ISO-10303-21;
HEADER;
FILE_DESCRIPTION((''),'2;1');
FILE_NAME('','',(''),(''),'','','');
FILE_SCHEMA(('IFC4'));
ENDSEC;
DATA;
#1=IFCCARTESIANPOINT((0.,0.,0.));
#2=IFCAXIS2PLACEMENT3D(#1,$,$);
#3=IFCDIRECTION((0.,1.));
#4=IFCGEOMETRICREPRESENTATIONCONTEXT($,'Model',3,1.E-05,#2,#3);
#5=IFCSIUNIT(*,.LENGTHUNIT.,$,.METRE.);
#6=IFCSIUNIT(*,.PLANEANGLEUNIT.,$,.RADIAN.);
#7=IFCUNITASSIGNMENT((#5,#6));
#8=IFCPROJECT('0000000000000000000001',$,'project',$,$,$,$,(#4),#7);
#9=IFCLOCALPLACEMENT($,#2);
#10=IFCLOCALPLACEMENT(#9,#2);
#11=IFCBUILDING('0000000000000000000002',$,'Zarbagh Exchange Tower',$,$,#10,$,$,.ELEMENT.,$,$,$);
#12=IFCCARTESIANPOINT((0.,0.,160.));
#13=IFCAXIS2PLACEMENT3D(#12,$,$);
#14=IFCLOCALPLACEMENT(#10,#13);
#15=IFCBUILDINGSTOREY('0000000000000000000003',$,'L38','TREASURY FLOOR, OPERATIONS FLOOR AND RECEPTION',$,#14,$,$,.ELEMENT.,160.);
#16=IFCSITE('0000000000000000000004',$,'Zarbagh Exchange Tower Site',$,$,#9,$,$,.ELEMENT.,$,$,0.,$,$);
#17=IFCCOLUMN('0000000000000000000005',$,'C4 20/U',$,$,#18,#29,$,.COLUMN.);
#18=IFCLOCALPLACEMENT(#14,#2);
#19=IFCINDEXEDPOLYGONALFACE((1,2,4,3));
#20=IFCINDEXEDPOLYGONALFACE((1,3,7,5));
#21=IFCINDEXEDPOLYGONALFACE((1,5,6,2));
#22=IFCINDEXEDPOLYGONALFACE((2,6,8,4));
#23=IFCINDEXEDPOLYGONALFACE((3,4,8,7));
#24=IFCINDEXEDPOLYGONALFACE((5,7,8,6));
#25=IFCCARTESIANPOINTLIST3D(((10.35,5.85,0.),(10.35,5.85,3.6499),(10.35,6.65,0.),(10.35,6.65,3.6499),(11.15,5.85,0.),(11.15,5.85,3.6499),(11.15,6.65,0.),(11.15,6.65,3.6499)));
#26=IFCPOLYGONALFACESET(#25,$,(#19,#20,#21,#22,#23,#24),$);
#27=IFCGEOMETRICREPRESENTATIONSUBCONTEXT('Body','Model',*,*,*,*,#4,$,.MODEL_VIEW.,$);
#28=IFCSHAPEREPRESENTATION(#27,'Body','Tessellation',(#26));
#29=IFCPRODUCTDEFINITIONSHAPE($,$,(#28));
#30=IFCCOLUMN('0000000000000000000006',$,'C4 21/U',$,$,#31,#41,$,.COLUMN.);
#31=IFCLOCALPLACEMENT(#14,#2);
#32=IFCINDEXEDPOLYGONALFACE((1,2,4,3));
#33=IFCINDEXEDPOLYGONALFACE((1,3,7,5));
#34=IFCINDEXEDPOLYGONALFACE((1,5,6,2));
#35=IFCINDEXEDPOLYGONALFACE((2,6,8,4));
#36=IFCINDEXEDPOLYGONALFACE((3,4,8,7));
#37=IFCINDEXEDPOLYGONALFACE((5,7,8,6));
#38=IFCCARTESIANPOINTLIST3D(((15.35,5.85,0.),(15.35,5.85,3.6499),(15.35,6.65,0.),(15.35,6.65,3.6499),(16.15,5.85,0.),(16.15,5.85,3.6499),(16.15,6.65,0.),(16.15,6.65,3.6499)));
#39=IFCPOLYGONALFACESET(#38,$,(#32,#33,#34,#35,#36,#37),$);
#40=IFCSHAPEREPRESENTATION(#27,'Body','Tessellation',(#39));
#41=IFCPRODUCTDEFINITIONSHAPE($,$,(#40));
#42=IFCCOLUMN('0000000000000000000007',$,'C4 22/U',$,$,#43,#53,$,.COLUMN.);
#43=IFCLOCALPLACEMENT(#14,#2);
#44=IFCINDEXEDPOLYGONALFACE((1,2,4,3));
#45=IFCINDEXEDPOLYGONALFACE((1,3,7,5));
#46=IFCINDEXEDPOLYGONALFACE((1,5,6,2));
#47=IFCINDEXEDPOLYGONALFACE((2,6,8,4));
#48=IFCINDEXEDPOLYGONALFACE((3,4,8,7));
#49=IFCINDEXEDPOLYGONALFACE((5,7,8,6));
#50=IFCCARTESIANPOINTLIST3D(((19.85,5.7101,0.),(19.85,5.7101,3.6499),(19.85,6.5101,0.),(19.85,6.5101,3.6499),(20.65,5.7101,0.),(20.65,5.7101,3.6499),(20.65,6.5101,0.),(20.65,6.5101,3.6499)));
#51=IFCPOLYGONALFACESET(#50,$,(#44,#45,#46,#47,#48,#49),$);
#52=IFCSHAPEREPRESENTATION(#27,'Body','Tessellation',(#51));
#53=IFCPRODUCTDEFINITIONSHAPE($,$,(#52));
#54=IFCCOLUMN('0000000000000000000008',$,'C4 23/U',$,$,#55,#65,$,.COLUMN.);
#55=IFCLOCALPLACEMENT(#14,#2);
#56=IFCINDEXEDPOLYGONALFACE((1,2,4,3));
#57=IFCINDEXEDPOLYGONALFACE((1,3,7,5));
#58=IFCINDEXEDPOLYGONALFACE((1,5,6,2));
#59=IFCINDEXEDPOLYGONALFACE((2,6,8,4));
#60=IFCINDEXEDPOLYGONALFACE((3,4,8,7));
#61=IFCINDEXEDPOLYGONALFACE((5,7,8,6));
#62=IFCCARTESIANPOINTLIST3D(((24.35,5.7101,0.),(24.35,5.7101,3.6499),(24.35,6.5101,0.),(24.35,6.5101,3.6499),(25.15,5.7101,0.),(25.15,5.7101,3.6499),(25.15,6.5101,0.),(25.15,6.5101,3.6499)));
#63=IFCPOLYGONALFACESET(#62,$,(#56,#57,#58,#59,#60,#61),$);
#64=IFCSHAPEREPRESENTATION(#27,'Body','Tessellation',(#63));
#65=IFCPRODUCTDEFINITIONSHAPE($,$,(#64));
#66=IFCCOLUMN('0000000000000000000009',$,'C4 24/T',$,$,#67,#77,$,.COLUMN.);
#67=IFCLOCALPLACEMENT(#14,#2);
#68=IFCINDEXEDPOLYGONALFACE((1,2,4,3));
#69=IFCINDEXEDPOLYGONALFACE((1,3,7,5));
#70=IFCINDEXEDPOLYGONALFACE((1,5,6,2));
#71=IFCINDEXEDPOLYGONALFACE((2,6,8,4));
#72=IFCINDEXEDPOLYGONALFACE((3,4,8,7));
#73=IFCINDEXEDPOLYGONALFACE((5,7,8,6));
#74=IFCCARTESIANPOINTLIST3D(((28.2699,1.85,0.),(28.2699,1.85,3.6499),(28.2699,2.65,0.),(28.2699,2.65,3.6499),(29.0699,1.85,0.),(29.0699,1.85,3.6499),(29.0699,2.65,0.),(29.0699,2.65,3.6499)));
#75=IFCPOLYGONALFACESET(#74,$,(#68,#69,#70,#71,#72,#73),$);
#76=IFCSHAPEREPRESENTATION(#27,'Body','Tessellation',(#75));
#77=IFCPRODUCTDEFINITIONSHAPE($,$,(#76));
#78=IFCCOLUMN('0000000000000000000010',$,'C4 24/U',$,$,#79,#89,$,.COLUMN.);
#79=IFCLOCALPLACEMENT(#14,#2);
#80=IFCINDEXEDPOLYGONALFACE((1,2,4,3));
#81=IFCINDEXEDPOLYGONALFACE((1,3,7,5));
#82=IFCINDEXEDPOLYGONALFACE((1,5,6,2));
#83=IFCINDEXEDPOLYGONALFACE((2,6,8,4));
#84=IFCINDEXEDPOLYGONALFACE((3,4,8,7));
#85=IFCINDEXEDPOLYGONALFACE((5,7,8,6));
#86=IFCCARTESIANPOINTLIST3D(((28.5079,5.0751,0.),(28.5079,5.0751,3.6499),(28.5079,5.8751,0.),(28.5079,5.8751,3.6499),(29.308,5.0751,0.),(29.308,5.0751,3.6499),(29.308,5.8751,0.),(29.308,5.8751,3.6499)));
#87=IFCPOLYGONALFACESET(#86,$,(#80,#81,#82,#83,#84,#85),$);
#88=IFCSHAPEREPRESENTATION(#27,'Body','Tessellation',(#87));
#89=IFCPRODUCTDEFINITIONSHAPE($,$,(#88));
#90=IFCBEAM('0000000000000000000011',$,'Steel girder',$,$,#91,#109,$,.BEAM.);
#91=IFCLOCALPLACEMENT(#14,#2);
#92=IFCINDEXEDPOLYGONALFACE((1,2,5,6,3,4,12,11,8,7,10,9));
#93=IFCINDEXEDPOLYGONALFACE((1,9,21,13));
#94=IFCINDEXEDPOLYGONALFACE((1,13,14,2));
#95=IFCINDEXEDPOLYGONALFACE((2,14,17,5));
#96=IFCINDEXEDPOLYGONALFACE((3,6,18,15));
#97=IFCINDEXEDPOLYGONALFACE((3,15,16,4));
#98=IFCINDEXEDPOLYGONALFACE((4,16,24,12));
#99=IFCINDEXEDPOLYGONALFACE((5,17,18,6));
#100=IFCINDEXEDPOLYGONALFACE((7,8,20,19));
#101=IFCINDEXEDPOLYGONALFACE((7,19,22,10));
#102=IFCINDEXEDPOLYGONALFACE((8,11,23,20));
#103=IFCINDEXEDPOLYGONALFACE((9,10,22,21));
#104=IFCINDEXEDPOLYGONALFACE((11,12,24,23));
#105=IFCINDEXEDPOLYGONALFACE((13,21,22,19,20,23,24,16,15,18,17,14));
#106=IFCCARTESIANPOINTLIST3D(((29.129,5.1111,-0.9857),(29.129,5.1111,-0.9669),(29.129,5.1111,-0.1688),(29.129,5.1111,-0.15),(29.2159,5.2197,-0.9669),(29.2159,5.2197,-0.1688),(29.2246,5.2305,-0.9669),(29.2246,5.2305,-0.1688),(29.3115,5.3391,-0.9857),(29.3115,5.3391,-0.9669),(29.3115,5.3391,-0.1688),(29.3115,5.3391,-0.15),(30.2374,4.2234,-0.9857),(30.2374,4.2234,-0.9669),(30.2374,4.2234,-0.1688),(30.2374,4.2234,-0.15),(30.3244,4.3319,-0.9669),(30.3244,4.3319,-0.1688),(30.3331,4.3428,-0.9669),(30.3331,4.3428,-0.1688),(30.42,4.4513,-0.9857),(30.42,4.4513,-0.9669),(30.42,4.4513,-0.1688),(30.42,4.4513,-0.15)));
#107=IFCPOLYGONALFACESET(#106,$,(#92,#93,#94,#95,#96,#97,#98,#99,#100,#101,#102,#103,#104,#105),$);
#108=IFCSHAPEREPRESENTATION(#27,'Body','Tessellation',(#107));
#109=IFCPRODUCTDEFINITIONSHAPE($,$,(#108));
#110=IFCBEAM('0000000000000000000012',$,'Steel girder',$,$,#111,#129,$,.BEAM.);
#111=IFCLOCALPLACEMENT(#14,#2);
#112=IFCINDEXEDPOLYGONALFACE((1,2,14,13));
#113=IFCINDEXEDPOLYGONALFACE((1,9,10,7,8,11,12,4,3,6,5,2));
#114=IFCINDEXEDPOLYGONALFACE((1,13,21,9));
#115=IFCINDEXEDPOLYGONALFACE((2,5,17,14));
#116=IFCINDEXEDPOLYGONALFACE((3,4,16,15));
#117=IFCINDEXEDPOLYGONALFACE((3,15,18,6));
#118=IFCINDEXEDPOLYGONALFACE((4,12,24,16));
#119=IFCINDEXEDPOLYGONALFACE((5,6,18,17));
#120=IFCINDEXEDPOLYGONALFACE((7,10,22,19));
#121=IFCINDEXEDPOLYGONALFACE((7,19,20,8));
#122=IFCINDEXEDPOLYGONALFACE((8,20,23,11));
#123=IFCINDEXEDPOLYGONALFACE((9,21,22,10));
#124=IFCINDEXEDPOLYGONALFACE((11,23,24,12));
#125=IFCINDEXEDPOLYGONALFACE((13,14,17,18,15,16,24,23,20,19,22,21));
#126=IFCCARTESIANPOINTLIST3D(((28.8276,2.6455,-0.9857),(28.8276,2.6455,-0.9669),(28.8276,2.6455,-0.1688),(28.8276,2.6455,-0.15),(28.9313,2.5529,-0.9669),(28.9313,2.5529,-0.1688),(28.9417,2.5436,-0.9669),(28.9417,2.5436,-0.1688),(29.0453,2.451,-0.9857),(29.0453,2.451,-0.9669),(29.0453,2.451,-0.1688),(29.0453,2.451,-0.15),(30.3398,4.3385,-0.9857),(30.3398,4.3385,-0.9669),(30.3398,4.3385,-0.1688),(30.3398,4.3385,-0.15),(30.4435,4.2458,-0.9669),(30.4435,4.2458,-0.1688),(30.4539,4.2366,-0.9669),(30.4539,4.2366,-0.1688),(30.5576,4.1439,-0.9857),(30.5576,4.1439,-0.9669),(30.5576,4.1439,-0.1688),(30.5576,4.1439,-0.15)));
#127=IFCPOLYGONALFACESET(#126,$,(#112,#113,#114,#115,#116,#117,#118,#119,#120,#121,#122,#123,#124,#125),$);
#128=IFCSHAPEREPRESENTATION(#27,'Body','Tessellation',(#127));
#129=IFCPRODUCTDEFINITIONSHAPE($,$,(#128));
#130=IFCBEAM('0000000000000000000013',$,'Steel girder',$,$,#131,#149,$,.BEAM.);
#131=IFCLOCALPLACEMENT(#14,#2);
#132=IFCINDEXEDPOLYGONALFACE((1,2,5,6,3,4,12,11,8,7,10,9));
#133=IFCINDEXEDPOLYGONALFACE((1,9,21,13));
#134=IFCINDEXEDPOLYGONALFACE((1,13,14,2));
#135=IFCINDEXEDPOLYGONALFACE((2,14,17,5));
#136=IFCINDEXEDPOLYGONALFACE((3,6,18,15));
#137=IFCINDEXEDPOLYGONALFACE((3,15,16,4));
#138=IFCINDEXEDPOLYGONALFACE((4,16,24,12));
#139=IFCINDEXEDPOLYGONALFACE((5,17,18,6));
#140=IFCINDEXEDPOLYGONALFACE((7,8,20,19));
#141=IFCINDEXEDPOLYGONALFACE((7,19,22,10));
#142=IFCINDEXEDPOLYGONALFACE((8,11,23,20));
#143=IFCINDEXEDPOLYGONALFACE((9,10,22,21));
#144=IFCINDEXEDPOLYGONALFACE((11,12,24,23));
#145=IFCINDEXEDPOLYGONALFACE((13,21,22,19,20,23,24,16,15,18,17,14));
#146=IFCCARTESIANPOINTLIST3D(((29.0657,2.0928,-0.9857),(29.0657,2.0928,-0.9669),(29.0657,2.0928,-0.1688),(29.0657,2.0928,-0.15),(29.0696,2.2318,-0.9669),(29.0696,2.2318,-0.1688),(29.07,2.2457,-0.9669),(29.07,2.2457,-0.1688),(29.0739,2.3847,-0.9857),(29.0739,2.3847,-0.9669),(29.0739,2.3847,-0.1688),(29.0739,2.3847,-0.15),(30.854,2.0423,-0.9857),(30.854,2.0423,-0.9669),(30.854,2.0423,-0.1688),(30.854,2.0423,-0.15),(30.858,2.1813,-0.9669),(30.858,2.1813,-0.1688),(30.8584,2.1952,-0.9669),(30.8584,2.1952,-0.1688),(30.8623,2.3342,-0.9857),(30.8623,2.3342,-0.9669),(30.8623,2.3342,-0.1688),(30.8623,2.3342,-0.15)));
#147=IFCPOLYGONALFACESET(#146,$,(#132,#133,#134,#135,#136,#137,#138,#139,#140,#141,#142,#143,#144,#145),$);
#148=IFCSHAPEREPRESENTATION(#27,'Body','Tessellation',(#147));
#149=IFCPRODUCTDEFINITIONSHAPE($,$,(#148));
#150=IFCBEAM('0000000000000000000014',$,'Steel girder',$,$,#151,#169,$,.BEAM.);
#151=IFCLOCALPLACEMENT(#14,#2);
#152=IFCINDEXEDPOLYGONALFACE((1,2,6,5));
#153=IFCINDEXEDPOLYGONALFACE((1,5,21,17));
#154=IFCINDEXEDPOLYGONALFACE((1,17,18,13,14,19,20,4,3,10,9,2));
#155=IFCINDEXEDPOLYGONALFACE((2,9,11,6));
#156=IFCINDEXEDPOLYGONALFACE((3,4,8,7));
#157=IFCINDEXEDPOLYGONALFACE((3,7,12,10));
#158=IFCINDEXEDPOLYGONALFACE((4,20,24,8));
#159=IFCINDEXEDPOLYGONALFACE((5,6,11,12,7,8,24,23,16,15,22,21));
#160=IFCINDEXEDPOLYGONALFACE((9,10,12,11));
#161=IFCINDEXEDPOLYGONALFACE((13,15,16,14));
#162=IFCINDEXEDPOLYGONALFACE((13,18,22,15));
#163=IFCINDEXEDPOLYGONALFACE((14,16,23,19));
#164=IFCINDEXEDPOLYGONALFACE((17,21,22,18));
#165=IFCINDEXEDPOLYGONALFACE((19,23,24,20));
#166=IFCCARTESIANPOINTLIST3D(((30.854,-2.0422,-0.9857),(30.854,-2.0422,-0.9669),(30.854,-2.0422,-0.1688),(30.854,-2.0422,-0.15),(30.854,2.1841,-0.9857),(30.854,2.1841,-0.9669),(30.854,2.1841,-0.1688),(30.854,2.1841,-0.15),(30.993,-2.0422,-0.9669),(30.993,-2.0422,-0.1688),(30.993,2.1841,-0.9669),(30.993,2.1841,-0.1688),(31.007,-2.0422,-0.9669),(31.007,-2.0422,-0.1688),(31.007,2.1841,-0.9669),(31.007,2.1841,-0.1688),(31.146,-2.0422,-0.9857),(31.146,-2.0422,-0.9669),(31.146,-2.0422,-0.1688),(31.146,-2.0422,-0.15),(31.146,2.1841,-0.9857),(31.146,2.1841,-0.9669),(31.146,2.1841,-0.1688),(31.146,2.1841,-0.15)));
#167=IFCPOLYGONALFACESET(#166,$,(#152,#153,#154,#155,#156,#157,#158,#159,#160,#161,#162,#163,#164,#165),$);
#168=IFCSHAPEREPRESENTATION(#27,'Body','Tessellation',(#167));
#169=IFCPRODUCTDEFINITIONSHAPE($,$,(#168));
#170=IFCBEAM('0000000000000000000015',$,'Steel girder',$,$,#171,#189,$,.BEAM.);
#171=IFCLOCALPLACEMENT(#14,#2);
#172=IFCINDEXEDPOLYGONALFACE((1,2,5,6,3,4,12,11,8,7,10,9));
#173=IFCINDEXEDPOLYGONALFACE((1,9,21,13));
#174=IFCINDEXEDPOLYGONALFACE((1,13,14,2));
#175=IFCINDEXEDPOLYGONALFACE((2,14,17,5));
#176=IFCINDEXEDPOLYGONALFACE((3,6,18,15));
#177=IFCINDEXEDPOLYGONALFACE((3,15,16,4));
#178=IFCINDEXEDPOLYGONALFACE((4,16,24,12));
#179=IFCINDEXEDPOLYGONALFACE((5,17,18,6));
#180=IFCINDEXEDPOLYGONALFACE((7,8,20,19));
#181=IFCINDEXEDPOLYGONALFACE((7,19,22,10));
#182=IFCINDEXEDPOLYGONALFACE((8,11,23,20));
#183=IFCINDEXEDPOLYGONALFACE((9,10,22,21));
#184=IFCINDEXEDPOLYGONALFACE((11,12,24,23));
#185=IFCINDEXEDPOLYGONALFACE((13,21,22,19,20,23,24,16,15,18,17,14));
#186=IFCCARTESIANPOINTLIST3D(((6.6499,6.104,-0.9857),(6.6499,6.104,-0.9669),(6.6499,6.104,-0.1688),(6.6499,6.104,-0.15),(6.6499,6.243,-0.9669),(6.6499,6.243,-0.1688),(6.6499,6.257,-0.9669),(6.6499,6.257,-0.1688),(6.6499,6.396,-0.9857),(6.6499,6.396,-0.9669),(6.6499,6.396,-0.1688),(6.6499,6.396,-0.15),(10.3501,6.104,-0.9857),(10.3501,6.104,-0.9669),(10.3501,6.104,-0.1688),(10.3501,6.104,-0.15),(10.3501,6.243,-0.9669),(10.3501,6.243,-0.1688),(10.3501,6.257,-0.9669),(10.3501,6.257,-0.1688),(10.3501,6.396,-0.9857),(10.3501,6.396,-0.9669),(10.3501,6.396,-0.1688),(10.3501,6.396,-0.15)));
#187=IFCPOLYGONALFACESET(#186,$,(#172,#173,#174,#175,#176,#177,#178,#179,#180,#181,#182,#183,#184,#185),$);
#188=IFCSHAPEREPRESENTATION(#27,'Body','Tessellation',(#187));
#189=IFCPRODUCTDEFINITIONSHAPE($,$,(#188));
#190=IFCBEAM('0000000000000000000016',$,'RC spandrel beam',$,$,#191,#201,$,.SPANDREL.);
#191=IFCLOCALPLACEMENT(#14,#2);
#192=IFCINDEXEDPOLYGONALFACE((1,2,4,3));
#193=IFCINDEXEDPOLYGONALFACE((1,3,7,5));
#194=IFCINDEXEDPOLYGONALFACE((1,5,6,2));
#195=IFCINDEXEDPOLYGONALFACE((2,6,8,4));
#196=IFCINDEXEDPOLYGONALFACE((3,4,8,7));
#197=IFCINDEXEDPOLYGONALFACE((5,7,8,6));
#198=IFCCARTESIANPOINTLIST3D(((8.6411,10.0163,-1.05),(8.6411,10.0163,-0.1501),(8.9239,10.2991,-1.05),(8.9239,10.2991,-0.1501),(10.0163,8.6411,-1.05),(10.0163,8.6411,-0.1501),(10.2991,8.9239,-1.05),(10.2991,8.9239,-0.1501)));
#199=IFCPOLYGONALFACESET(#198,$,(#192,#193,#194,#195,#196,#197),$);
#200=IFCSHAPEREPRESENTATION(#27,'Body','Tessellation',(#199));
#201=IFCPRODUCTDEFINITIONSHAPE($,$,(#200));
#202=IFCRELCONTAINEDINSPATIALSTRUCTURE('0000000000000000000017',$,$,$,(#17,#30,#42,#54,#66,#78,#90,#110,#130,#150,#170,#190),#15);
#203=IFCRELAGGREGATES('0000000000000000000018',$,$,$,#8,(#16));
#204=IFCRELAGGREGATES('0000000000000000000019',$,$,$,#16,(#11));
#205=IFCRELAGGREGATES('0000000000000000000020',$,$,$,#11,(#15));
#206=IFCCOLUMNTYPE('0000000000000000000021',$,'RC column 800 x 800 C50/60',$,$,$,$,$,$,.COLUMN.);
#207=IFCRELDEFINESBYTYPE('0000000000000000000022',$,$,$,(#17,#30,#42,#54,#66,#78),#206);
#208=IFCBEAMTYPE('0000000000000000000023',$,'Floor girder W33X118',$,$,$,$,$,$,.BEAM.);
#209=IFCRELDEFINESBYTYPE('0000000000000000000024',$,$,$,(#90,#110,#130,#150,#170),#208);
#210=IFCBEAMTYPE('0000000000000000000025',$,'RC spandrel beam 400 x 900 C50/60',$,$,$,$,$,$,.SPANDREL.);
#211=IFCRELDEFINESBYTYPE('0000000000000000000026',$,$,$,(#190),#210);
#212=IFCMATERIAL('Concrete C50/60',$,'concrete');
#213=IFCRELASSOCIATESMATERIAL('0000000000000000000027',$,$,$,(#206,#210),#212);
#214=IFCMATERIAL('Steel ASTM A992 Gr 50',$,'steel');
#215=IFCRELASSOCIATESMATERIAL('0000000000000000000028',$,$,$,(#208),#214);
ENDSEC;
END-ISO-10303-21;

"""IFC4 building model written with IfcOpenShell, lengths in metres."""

from ifc_helpers import new_model, si_unit, direction, frame, origin, origin_2d, place, context, subcontext, project, spatial, rectangle, i_section, extrude, material, material_profile, profile_set, type_object, element, save


model = new_model("IFC4")

# Units and contexts
model_context = context("Model", 3, precision=1e-05, world=origin(), true_north=direction((0.0, 1.0)))
body_context = subcontext(model_context, "Body", "Model", "MODEL_VIEW")
ifc_project = project(units=[si_unit("LENGTHUNIT", "METRE"), si_unit("PLANEANGLEUNIT", "RADIAN")], contexts=[model_context])

# Site, building, storey
site_placement = place(None, origin())
site = spatial("IfcSite", under=ifc_project, at=site_placement, Name="Zarbagh Exchange Tower Site", CompositionType="ELEMENT", RefElevation=0.0)
building_placement = place(site_placement, origin())
building = spatial("IfcBuilding", under=site, at=building_placement, Name="Zarbagh Exchange Tower", CompositionType="ELEMENT")
storey_placement = place(building_placement, frame((0.0, 0.0, 160.0)))
storey = spatial("IfcBuildingStorey", under=building, at=storey_placement, Name="L38", Description="TREASURY FLOOR, OPERATIONS FLOOR AND RECEPTION", CompositionType="ELEMENT", Elevation=160.0)

# Columns
ifc_material_1 = material(Name="Concrete C50/60", Category="concrete")
ifc_material_profile_1 = material_profile(ifc_material_1, rectangle(XDim=0.8, YDim=0.8, at=origin_2d()), Name="RC column 800 x 800 C50/60")
ifc_profile_set_1 = profile_set([ifc_material_profile_1], Name="Concrete C50/60")
column_type = type_object("IfcColumnType", Name="RC column 800 x 800 C50/60", PredefinedType="COLUMN", material=ifc_profile_set_1)
for number, where, z_axis, x_axis, name in (
    (1, (10.75, 6.25, 0.0), (0.0, 0.0, 1.0), (1.0, 0.0, 0.0), "C4 20/U"),
    (2, (15.75, 6.25, 0.0), (0.0, 0.0, 1.0), (1.0, 0.0, 0.0), "C4 21/U"),
    (3, (20.25, 6.1101, 0.0), (0.0, 0.0, 1.0), (1.0, 0.0, 0.0), "C4 22/U"),
    (4, (24.75, 6.1101, 0.0), (0.0, 0.0, 1.0), (1.0, 0.0, 0.0), "C4 23/U"),
    (5, (28.6699, 2.25, 0.0), (0.0, 0.0, 1.0), (1.0, 0.0, 0.0), "C4 24/T"),
    (6, (28.908, 5.4751, 0.0), (0.0, 0.0, 1.0), (1.0, 0.0, 0.0), "C4 24/U"),
):
    element("IfcColumn", number, at=place(storey_placement, frame(where, z_axis=z_axis, x_axis=x_axis)), inside=storey, type_object=column_type, Name=name, PredefinedType="COLUMN", context=body_context, shape_type="SweptSolid", body=[
        extrude(rectangle(XDim=0.8, YDim=0.8, at=origin_2d()), origin(), (0.0, 0.0, 1.0), 3.6499),
    ])

# Beams
ifc_material_2 = material(Name="Steel ASTM A992 Gr 50", Category="steel")
ifc_material_profile_2 = material_profile(ifc_material_2, i_section(OverallWidth=0.292, OverallDepth=0.8357, WebThickness=0.0139, FlangeThickness=0.0188, at=origin_2d()), Name="W33X118")
ifc_profile_set_2 = profile_set([ifc_material_profile_2], Name="Steel ASTM A992 Gr 50")
beam_type_1 = type_object("IfcBeamType", Name="Floor girder W33X118", PredefinedType="BEAM", material=ifc_profile_set_2)
beam_1_placement = place(storey_placement, frame((29.2202, 5.2251, -0.5679), z_axis=(0.780533, -0.625114, 0.0), x_axis=(0.625114, 0.780533, 0.0)))
element("IfcBeam", 7, at=beam_1_placement, inside=storey, type_object=beam_type_1, Name="Steel girder", PredefinedType="BEAM", context=body_context, shape_type="SweptSolid", body=[
    extrude(i_section(OverallWidth=0.292, OverallDepth=0.8357, WebThickness=0.0139, FlangeThickness=0.0188, at=origin_2d()), origin(), (0.0, 0.0, 1.0), 1.4202),
])
beam_2_placement = place(storey_placement, frame((30.4487, 4.2412, -0.5679), z_axis=(-0.666191, -0.745781, 0.0), x_axis=(0.745781, -0.666191, 0.0)))
element("IfcBeam", 8, at=beam_2_placement, inside=storey, type_object=beam_type_1, Name="Steel girder", PredefinedType="BEAM", context=body_context, shape_type="SweptSolid", body=[
    extrude(i_section(OverallWidth=0.292, OverallDepth=0.8357, WebThickness=0.0139, FlangeThickness=0.0188, at=origin_2d()), origin(), (0.0, 0.0, 1.0), 2.27),
])
beam_3_placement = place(storey_placement, frame((29.0698, 2.2388, -0.5679), z_axis=(0.999601, -0.028248, 0.0), x_axis=(0.028248, 0.999601, 0.0)))
element("IfcBeam", 9, at=beam_3_placement, inside=storey, type_object=beam_type_1, Name="Steel girder", PredefinedType="BEAM", context=body_context, shape_type="SweptSolid", body=[
    extrude(i_section(OverallWidth=0.292, OverallDepth=0.8357, WebThickness=0.0139, FlangeThickness=0.0188, at=origin_2d()), origin(), (0.0, 0.0, 1.0), 1.7891),
])
beam_4_placement = place(storey_placement, frame((31.0, 2.1841, -0.5679), z_axis=(0.0, -1.0, 0.0), x_axis=(1.0, 0.0, 0.0)))
element("IfcBeam", 10, at=beam_4_placement, inside=storey, type_object=beam_type_1, Name="Steel girder", PredefinedType="BEAM", context=body_context, shape_type="SweptSolid", body=[
    extrude(i_section(OverallWidth=0.292, OverallDepth=0.8357, WebThickness=0.0139, FlangeThickness=0.0188, at=origin_2d()), origin(), (0.0, 0.0, 1.0), 4.2263),
])
beam_5_placement = place(storey_placement, frame((6.6499, 6.25, -0.5679), z_axis=(1.0, 0.0, 0.0), x_axis=(0.0, 1.0, 0.0)))
element("IfcBeam", 11, at=beam_5_placement, inside=storey, type_object=beam_type_1, Name="Steel girder", PredefinedType="BEAM", context=body_context, shape_type="SweptSolid", body=[
    extrude(i_section(OverallWidth=0.292, OverallDepth=0.8357, WebThickness=0.0139, FlangeThickness=0.0188, at=origin_2d()), origin(), (0.0, 0.0, 1.0), 3.7002),
])
ifc_material_profile_3 = material_profile(ifc_material_1, rectangle(XDim=0.3999, YDim=0.8999, at=origin_2d()), Name="RC spandrel beam 400 x 900 C50/60")
ifc_profile_set_3 = profile_set([ifc_material_profile_3], Name="Concrete C50/60")
beam_type_2 = type_object("IfcBeamType", Name="RC spandrel beam 400 x 900 C50/60", PredefinedType="SPANDREL", material=ifc_profile_set_3)
beam_6_placement = place(storey_placement, frame((8.7825, 10.1577, -0.6001), z_axis=(0.707107, -0.707107, 0.0), x_axis=(0.707107, 0.707107, 0.0)))
element("IfcBeam", 12, at=beam_6_placement, inside=storey, type_object=beam_type_2, Name="RC spandrel beam", PredefinedType="SPANDREL", context=body_context, shape_type="SweptSolid", body=[
    extrude(rectangle(XDim=0.3999, YDim=0.8999, at=origin_2d()), origin(), (0.0, 0.0, 1.0), 1.9448),
])

save(model, "model.ifc")
